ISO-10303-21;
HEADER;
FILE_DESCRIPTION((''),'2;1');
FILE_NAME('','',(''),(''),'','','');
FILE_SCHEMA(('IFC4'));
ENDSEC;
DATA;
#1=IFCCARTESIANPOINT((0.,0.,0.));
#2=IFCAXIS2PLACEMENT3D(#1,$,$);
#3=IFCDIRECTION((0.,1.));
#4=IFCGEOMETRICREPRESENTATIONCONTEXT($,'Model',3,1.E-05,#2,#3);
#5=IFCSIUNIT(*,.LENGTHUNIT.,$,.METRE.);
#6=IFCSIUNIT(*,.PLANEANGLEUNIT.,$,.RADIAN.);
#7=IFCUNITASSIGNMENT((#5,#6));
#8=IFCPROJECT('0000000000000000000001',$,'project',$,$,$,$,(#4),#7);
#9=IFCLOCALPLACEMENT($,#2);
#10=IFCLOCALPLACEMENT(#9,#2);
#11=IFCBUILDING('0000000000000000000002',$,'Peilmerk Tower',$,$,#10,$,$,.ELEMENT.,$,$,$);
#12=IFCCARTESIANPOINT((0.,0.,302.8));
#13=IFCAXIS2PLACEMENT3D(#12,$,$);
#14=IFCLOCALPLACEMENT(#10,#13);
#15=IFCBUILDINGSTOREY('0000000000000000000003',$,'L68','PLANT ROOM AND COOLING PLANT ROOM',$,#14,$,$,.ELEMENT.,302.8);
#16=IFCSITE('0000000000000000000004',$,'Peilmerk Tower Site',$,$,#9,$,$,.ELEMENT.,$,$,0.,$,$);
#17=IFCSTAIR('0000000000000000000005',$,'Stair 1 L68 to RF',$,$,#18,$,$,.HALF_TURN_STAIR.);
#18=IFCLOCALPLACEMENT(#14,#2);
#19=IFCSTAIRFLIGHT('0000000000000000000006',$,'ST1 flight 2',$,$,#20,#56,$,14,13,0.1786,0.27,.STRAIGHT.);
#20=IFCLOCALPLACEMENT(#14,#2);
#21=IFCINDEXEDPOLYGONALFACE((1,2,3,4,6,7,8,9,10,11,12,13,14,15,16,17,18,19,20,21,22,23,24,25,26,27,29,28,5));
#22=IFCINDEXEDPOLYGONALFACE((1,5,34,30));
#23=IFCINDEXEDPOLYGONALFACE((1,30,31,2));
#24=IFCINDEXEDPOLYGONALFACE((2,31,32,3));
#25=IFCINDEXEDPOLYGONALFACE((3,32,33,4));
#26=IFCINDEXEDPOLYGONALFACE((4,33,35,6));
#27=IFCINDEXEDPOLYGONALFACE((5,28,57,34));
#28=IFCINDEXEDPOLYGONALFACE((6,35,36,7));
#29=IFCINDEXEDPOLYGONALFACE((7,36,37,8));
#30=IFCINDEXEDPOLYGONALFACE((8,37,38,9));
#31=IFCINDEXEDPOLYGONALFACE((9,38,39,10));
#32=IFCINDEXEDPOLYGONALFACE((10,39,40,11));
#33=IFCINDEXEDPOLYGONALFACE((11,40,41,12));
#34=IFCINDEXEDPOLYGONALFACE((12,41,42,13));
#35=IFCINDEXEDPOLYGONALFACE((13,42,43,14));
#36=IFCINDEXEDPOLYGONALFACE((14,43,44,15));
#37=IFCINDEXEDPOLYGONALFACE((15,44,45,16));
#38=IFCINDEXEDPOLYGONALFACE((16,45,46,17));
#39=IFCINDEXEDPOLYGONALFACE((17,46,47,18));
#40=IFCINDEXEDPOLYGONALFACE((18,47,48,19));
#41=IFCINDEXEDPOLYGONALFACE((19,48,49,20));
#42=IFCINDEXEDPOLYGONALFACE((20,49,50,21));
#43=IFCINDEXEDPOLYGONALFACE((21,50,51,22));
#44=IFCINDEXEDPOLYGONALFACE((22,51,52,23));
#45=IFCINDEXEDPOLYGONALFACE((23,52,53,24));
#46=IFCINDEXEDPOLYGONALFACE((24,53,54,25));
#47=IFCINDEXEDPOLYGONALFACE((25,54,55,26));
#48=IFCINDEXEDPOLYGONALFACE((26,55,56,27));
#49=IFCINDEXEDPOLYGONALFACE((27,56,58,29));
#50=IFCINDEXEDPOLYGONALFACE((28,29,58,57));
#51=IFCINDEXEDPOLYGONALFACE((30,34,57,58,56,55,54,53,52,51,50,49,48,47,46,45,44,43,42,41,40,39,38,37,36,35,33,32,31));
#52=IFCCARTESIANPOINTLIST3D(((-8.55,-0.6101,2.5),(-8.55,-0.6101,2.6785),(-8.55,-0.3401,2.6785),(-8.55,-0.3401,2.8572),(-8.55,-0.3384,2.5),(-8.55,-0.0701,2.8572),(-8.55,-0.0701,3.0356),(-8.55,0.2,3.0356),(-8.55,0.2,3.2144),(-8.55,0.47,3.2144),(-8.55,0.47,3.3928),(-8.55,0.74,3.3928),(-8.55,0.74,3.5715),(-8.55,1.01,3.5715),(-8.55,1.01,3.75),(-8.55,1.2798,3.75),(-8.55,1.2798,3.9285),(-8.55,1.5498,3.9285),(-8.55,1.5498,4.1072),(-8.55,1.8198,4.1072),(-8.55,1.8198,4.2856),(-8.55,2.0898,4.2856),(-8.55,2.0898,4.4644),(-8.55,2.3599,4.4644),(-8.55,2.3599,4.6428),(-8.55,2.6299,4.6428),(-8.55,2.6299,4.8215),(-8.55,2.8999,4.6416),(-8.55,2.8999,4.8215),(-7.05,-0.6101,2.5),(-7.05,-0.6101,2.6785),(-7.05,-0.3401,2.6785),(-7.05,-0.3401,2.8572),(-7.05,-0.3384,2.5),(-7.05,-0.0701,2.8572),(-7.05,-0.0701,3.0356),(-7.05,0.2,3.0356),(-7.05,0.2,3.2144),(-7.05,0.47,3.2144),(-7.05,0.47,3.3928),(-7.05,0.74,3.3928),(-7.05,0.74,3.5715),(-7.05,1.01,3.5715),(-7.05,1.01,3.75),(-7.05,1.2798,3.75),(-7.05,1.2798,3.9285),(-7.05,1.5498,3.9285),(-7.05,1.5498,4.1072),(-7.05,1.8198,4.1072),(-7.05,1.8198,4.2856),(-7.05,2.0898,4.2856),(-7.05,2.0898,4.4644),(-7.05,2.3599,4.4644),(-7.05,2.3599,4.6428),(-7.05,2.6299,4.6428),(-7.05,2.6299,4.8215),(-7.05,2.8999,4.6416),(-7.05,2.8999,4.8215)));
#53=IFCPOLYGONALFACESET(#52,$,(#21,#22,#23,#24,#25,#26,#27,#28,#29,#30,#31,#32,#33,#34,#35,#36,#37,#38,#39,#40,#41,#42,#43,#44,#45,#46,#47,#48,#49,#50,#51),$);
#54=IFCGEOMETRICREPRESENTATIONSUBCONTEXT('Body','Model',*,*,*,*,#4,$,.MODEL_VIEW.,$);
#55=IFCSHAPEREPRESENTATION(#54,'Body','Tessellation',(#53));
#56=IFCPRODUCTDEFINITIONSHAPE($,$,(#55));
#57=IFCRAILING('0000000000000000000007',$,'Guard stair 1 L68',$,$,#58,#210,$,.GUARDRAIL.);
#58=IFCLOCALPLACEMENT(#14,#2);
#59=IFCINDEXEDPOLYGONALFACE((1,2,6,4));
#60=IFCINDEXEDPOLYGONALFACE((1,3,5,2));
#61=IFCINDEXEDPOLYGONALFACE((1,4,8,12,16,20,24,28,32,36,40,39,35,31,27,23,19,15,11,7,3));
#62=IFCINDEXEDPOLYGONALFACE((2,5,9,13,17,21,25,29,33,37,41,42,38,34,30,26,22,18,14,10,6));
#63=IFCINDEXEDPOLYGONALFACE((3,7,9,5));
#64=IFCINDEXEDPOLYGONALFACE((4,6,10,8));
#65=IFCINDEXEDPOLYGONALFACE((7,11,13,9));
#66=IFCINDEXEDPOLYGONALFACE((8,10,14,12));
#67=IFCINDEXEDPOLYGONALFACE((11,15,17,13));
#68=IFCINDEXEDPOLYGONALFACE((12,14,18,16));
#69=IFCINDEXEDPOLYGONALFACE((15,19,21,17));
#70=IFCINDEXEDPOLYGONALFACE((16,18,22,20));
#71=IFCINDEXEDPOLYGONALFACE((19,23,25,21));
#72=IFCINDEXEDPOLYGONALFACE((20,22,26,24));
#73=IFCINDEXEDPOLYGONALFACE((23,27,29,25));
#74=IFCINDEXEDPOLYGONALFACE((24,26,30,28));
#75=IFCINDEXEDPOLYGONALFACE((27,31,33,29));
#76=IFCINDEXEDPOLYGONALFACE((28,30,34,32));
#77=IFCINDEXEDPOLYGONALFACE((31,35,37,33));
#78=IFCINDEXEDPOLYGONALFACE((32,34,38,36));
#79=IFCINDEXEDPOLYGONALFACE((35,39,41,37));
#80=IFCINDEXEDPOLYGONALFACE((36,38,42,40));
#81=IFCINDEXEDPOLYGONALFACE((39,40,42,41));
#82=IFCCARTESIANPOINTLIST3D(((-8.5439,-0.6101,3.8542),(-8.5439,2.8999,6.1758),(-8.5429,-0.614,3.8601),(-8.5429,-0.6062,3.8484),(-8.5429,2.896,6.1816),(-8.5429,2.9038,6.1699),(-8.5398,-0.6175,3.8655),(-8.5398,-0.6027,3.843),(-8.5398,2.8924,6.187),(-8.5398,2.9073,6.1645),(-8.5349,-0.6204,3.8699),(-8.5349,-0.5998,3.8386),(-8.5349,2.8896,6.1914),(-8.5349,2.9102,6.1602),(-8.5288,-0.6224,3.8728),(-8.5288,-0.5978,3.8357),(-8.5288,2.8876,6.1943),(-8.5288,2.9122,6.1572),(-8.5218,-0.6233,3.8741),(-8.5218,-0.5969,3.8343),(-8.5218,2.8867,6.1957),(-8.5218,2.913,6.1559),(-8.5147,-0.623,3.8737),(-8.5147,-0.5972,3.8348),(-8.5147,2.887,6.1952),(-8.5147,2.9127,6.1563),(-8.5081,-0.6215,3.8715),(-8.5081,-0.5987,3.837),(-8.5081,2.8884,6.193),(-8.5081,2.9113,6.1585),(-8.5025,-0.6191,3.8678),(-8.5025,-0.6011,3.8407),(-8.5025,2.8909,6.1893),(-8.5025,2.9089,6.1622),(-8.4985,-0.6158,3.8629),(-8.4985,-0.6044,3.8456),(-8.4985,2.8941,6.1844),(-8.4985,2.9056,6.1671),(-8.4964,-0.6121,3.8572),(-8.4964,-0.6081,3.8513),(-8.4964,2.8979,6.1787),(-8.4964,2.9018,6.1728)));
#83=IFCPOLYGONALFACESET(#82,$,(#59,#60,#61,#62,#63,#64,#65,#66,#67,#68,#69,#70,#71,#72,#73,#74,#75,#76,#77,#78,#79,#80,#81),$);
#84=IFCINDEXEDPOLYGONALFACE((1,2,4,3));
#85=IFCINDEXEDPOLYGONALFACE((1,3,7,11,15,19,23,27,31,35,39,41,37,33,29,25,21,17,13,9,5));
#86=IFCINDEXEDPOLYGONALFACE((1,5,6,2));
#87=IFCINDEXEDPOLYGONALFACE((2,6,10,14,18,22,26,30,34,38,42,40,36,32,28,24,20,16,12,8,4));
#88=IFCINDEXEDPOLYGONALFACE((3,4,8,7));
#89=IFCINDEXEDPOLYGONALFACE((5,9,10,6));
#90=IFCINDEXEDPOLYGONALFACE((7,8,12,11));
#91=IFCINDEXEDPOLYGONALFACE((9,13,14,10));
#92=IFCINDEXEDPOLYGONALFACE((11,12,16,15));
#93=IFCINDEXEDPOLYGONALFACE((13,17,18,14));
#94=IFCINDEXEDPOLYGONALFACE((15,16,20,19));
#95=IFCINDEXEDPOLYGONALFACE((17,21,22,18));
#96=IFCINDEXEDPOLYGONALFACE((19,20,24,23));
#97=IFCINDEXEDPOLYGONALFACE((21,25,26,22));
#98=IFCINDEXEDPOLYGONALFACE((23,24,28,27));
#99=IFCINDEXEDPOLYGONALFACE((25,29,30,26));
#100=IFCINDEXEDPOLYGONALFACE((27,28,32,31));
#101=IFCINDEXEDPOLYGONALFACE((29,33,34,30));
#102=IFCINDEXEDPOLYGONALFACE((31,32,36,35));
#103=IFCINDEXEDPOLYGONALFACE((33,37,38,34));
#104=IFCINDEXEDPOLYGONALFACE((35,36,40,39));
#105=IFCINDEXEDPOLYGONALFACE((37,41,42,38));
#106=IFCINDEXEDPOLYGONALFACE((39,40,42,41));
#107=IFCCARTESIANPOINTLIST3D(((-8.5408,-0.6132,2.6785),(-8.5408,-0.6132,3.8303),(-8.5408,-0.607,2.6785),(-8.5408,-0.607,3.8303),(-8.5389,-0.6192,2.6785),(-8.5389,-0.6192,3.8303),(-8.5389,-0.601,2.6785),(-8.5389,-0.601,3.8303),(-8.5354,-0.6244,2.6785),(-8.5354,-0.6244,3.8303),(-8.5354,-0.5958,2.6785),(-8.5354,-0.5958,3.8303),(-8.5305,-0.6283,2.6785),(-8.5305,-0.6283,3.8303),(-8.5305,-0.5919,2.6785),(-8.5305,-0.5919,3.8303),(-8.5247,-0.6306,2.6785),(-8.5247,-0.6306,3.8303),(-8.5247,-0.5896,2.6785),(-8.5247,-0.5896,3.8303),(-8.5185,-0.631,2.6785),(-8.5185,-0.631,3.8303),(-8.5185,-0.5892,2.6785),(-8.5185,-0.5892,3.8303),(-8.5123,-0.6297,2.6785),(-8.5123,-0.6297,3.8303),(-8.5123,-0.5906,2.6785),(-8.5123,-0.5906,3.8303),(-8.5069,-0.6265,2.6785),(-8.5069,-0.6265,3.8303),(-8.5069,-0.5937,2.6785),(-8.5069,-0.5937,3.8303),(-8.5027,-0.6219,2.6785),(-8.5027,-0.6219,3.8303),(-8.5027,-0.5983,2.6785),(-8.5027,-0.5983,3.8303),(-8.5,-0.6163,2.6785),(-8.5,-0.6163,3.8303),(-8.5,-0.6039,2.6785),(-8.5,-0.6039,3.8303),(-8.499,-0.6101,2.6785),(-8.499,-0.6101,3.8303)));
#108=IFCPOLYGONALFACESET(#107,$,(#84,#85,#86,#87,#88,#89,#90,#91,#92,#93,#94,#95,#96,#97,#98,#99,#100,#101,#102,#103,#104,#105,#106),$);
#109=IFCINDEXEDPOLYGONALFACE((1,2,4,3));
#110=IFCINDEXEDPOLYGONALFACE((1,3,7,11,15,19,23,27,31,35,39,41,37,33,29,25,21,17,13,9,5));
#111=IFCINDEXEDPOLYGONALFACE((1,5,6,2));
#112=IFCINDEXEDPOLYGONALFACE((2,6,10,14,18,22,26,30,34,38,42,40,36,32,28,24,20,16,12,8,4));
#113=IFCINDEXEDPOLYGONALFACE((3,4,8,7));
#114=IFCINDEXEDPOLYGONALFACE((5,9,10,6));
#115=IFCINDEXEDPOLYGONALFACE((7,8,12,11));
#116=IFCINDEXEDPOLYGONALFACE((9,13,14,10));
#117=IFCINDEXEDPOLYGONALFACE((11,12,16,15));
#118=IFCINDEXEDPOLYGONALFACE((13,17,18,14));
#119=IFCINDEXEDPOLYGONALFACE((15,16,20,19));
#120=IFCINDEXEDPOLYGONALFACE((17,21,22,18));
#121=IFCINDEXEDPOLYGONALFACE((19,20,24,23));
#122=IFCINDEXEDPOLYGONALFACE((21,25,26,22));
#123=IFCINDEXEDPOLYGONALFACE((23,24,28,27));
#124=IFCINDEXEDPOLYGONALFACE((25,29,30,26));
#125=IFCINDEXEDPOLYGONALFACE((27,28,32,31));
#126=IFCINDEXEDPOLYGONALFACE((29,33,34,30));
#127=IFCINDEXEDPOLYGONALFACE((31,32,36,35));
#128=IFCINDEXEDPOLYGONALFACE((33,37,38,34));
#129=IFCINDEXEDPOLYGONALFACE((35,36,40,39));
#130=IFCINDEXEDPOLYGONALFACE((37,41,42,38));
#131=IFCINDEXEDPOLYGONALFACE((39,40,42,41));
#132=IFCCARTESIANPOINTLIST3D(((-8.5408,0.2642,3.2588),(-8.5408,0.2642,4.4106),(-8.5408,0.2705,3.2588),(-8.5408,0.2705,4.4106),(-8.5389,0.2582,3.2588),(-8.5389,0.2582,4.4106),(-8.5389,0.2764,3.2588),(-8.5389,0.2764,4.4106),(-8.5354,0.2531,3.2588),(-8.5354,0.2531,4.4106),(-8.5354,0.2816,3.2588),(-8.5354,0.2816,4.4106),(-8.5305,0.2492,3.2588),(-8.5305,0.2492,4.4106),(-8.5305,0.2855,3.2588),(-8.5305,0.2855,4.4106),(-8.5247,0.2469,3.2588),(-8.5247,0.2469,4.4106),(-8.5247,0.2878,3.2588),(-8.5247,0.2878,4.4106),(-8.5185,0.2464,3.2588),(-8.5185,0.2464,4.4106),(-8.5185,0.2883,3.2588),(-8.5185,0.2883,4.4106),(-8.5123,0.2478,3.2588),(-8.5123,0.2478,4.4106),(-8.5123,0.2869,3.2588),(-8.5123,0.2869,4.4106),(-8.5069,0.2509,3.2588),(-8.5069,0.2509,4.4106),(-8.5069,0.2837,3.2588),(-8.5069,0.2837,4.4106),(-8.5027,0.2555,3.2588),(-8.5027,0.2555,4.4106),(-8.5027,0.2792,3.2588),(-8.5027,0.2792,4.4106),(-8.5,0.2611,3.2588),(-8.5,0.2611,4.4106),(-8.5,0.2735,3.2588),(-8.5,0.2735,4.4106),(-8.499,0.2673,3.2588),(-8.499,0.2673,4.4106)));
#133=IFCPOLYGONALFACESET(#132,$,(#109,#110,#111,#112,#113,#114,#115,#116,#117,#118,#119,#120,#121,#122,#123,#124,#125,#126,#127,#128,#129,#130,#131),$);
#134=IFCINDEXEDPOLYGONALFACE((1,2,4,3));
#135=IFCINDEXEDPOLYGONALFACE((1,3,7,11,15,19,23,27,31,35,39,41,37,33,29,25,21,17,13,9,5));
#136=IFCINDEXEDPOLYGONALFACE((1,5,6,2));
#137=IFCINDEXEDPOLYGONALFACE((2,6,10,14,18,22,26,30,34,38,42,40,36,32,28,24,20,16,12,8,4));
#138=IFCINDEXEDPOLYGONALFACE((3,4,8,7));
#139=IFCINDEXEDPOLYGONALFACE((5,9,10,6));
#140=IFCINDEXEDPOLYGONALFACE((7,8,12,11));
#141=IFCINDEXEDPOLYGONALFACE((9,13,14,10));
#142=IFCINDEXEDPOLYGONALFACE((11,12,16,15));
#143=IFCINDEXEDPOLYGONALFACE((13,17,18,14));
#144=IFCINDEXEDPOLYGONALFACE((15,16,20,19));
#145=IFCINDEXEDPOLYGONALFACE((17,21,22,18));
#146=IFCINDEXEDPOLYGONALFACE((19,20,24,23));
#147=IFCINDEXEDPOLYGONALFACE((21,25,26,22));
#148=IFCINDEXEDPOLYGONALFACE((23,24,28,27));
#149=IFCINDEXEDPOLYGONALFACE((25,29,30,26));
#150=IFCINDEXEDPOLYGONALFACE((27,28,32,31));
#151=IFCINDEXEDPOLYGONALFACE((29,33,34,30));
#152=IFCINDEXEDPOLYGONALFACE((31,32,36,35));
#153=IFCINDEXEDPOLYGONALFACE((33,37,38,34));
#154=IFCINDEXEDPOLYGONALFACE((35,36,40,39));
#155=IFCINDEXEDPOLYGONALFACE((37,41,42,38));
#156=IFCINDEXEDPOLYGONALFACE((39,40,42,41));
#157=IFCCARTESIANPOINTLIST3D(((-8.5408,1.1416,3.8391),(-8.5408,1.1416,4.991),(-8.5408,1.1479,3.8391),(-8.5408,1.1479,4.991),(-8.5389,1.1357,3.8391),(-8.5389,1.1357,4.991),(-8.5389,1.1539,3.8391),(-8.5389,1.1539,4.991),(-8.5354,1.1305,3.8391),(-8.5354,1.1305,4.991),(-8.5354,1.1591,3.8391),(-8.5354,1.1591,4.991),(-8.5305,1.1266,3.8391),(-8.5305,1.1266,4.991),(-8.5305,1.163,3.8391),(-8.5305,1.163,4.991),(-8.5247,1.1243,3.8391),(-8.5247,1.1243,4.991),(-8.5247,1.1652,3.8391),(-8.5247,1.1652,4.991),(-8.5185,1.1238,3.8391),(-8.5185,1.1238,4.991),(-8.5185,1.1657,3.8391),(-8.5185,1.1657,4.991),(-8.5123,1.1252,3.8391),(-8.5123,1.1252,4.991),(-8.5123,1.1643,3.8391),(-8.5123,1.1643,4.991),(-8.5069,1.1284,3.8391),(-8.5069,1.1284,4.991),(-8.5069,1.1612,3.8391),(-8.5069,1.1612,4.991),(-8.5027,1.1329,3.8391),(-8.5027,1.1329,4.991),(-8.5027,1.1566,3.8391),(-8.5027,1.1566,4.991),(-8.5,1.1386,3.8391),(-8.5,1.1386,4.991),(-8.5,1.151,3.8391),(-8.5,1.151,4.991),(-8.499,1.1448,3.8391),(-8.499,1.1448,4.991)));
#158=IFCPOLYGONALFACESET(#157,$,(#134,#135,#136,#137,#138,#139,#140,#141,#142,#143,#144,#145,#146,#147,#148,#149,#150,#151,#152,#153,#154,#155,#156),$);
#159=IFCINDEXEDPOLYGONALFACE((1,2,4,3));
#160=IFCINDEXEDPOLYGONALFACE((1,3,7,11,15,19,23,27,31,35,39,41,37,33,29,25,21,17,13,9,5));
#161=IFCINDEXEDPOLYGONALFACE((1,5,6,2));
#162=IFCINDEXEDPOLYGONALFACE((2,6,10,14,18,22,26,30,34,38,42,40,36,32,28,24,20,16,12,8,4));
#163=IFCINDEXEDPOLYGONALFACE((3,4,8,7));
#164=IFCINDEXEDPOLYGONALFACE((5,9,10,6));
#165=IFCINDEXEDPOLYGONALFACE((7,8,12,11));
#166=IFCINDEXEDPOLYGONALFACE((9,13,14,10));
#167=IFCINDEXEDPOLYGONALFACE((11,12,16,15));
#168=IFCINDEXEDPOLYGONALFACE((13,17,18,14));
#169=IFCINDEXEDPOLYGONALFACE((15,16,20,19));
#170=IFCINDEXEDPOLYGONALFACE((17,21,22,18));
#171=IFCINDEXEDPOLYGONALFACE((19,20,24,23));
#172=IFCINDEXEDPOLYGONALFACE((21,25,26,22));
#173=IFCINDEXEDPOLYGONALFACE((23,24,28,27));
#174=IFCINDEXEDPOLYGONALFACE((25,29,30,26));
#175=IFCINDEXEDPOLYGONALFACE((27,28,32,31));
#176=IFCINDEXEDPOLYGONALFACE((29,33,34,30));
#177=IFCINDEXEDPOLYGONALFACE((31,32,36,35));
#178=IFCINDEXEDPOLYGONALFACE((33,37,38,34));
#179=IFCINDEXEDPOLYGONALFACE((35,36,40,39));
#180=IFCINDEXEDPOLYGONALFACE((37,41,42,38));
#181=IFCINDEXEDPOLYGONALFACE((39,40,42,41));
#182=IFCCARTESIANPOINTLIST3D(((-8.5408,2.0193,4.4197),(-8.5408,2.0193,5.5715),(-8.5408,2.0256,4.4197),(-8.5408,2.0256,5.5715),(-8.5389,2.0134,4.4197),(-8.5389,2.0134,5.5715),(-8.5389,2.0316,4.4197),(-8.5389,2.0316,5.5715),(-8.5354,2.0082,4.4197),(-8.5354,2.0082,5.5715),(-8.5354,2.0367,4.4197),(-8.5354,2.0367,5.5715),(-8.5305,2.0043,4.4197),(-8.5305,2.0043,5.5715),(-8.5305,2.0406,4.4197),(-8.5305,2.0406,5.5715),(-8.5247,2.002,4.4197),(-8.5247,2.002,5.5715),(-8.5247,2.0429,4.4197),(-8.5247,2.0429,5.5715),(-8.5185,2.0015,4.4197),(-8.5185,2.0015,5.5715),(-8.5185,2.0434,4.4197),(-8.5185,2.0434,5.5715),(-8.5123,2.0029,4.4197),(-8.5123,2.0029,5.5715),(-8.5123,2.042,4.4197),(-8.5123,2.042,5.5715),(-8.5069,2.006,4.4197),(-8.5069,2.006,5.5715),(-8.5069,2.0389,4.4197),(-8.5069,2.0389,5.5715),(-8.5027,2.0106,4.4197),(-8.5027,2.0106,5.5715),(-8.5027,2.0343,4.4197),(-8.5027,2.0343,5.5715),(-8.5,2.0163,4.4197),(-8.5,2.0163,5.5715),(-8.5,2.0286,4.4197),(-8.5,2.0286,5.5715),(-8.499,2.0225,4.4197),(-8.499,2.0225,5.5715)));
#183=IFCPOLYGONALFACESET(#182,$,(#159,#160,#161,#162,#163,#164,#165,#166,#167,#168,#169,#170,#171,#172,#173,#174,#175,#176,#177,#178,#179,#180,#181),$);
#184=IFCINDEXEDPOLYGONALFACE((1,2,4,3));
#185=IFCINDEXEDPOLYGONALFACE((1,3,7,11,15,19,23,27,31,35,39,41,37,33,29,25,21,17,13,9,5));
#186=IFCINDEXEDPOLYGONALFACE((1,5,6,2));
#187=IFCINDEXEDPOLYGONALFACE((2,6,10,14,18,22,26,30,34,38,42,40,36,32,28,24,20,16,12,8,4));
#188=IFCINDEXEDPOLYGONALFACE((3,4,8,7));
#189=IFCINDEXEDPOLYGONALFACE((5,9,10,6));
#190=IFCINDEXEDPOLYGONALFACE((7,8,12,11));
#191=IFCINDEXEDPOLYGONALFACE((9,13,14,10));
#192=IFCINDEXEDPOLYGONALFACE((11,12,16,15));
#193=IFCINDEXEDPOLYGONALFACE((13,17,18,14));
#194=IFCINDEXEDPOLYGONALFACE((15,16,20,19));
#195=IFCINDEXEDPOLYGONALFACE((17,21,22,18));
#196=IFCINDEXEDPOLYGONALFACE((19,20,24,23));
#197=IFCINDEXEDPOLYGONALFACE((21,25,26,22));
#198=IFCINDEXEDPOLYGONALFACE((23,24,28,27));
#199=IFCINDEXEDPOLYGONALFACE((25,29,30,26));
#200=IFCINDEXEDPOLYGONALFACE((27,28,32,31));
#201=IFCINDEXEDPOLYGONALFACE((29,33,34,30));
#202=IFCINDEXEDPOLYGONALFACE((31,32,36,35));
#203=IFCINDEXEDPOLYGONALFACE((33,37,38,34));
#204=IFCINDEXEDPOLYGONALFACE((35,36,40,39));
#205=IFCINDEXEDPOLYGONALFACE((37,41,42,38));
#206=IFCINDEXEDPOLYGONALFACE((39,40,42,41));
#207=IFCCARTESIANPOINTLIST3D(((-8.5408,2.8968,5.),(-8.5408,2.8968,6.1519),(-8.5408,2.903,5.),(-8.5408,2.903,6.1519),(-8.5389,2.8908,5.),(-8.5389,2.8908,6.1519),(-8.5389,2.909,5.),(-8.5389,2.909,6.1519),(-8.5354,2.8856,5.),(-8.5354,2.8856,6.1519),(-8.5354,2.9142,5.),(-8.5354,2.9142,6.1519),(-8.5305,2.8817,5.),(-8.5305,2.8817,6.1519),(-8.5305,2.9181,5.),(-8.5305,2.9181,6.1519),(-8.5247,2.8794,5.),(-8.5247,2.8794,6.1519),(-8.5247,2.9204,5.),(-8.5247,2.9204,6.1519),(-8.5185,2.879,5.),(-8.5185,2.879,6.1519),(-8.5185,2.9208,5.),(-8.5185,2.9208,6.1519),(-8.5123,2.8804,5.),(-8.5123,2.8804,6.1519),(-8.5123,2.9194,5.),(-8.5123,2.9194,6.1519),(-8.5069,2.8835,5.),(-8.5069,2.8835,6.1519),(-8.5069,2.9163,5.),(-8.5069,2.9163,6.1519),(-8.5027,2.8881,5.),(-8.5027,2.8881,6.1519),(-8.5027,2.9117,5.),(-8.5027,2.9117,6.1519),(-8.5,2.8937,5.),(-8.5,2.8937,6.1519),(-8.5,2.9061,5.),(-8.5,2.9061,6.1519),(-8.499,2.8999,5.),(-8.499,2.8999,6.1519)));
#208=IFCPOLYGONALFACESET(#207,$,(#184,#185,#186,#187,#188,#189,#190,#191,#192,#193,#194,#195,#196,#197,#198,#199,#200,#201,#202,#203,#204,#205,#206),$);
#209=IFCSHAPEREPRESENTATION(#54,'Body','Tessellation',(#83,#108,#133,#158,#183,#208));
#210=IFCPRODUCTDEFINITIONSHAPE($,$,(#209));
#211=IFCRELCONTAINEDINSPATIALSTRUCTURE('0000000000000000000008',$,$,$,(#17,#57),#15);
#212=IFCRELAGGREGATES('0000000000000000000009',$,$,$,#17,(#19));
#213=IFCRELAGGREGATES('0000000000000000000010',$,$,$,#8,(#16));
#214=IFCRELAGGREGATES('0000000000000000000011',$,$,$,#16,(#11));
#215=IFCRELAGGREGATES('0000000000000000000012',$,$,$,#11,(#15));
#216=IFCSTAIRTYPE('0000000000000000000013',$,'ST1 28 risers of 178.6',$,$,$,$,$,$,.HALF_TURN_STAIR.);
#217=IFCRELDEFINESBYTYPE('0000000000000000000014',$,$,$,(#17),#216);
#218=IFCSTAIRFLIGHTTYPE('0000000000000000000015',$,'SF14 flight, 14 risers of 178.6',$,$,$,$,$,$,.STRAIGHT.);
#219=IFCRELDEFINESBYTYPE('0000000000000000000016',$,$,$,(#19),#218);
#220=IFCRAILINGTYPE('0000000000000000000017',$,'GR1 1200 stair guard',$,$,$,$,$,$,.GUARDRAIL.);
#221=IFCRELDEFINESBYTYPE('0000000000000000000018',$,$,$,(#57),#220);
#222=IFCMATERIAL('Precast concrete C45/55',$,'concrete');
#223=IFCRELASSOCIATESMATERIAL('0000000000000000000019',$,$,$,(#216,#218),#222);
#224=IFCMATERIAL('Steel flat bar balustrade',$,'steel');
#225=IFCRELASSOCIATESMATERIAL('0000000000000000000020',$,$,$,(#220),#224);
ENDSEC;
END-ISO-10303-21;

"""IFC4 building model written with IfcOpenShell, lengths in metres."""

from ifc_helpers import new_model, si_unit, direction, frame, origin, origin_2d, place, context, subcontext, project, spatial, polyline, circle, outline, extrude, material, type_object, element, aggregate, save


model = new_model("IFC4")

# Units and contexts
model_context = context("Model", 3, precision=1e-05, world=origin(), true_north=direction((0.0, 1.0)))
body_context = subcontext(model_context, "Body", "Model", "MODEL_VIEW")
ifc_project = project(units=[si_unit("LENGTHUNIT", "METRE"), si_unit("PLANEANGLEUNIT", "RADIAN")], contexts=[model_context])

# Site, building, storey
site_placement = place(None, origin())
site = spatial("IfcSite", under=ifc_project, at=site_placement, Name="Peilmerk Tower Site", CompositionType="ELEMENT", RefElevation=0.0)
building_placement = place(site_placement, origin())
building = spatial("IfcBuilding", under=site, at=building_placement, Name="Peilmerk Tower", CompositionType="ELEMENT")
storey_placement = place(building_placement, frame((0.0, 0.0, 302.8)))
storey = spatial("IfcBuildingStorey", under=building, at=storey_placement, Name="L68", Description="PLANT ROOM AND COOLING PLANT ROOM", CompositionType="ELEMENT", Elevation=302.8)

# Stair, stair flight
ifc_material_1 = material(Name="Precast concrete C45/55", Category="concrete")
stair_type = type_object("IfcStairType", Name="ST1 28 risers of 178.6", PredefinedType="HALF_TURN_STAIR", material=ifc_material_1)
stair_placement = place(storey_placement, origin())
stair = element("IfcStair", 1, at=stair_placement, inside=storey, type_object=stair_type, Name="Stair 1 L68 to RF", PredefinedType="HALF_TURN_STAIR")
stair_flight_type = type_object("IfcStairFlightType", Name="SF14 flight, 14 risers of 178.6", PredefinedType="STRAIGHT", material=ifc_material_1)
stair_flight_placement = place(storey_placement, frame((-7.8, -0.6101, 2.5), z_axis=(0.0, 0.0, 1.0), x_axis=(0.0, 1.0, 0.0)))
stair_flight = element("IfcStairFlight", 2, at=stair_flight_placement, type_object=stair_flight_type, Name="ST1 flight 2", NumberOfRisers=14, NumberOfTreads=13, PredefinedType="STRAIGHT", RiserHeight=0.1786, TreadLength=0.27, context=body_context, shape_type="SweptSolid", body=[
    extrude(outline(polyline([(0.0, 0.0), (0.0, 0.1785), (0.27, 0.1785), (0.27, 0.3572), (0.54, 0.3572), (0.54, 0.5356), (0.8101, 0.5356), (0.8101, 0.7144), (1.0801, 0.7144), (1.0801, 0.8928), (1.3501, 0.8928), (1.3501, 1.0715), (1.6201, 1.0715), (1.6201, 1.25), (1.8899, 1.25), (1.8899, 1.4285), (2.1599, 1.4285), (2.1599, 1.6072), (2.4299, 1.6072), (2.4299, 1.7856), (2.7, 1.7856), (2.7, 1.9644), (2.97, 1.9644), (2.97, 2.1428), (3.24, 2.1428), (3.24, 2.3215), (3.51, 2.3215), (3.51, 2.5), (3.51, 2.1416), (0.2717, 0.0), (0.0, 0.0)])), frame((0.0, 0.75, 0.0), z_axis=(0.0, -1.0, 0.0), x_axis=(1.0, 0.0, 0.0)), (0.0, 0.0, 1.0), 1.5),
])
aggregate(stair, [stair_flight])

# Railing
ifc_material_2 = material(Name="Steel flat bar balustrade", Category="steel")
railing_type_1 = type_object("IfcRailingType", Name="GR1 1200 stair guard", PredefinedType="GUARDRAIL", material=ifc_material_2)
railing_1_placement = place(storey_placement, frame((-8.52, -0.6101, 2.6785)))
element("IfcRailing", 3, at=railing_1_placement, inside=storey, type_object=railing_type_1, Name="Guard stair 1 L68", PredefinedType="GUARDRAIL", context=body_context, shape_type="SweptSolid", body=[
    extrude(circle(Radius=0.0239, at=origin_2d()), frame((0.0, 0.0, 1.1758), z_axis=(0.0, 0.834071, 0.551657), x_axis=(-1.0, 0.0, 0.0)), (0.0, 0.0, 1.0), 4.2083),
    extrude(circle(Radius=0.021, at=origin_2d()), origin(), (0.0, 0.0, 1.0), 1.1519),
    extrude(circle(Radius=0.021, at=origin_2d()), frame((0.0, 0.8774, 0.5803)), (0.0, 0.0, 1.0), 1.1519),
    extrude(circle(Radius=0.021, at=origin_2d()), frame((0.0, 1.7549, 1.1606)), (0.0, 0.0, 1.0), 1.1519),
    extrude(circle(Radius=0.021, at=origin_2d()), frame((0.0, 2.6326, 1.7412)), (0.0, 0.0, 1.0), 1.1519),
    extrude(circle(Radius=0.021, at=origin_2d()), frame((0.0, 3.51, 2.3215)), (0.0, 0.0, 1.0), 1.1519),
])

save(model, "model.ifc")
